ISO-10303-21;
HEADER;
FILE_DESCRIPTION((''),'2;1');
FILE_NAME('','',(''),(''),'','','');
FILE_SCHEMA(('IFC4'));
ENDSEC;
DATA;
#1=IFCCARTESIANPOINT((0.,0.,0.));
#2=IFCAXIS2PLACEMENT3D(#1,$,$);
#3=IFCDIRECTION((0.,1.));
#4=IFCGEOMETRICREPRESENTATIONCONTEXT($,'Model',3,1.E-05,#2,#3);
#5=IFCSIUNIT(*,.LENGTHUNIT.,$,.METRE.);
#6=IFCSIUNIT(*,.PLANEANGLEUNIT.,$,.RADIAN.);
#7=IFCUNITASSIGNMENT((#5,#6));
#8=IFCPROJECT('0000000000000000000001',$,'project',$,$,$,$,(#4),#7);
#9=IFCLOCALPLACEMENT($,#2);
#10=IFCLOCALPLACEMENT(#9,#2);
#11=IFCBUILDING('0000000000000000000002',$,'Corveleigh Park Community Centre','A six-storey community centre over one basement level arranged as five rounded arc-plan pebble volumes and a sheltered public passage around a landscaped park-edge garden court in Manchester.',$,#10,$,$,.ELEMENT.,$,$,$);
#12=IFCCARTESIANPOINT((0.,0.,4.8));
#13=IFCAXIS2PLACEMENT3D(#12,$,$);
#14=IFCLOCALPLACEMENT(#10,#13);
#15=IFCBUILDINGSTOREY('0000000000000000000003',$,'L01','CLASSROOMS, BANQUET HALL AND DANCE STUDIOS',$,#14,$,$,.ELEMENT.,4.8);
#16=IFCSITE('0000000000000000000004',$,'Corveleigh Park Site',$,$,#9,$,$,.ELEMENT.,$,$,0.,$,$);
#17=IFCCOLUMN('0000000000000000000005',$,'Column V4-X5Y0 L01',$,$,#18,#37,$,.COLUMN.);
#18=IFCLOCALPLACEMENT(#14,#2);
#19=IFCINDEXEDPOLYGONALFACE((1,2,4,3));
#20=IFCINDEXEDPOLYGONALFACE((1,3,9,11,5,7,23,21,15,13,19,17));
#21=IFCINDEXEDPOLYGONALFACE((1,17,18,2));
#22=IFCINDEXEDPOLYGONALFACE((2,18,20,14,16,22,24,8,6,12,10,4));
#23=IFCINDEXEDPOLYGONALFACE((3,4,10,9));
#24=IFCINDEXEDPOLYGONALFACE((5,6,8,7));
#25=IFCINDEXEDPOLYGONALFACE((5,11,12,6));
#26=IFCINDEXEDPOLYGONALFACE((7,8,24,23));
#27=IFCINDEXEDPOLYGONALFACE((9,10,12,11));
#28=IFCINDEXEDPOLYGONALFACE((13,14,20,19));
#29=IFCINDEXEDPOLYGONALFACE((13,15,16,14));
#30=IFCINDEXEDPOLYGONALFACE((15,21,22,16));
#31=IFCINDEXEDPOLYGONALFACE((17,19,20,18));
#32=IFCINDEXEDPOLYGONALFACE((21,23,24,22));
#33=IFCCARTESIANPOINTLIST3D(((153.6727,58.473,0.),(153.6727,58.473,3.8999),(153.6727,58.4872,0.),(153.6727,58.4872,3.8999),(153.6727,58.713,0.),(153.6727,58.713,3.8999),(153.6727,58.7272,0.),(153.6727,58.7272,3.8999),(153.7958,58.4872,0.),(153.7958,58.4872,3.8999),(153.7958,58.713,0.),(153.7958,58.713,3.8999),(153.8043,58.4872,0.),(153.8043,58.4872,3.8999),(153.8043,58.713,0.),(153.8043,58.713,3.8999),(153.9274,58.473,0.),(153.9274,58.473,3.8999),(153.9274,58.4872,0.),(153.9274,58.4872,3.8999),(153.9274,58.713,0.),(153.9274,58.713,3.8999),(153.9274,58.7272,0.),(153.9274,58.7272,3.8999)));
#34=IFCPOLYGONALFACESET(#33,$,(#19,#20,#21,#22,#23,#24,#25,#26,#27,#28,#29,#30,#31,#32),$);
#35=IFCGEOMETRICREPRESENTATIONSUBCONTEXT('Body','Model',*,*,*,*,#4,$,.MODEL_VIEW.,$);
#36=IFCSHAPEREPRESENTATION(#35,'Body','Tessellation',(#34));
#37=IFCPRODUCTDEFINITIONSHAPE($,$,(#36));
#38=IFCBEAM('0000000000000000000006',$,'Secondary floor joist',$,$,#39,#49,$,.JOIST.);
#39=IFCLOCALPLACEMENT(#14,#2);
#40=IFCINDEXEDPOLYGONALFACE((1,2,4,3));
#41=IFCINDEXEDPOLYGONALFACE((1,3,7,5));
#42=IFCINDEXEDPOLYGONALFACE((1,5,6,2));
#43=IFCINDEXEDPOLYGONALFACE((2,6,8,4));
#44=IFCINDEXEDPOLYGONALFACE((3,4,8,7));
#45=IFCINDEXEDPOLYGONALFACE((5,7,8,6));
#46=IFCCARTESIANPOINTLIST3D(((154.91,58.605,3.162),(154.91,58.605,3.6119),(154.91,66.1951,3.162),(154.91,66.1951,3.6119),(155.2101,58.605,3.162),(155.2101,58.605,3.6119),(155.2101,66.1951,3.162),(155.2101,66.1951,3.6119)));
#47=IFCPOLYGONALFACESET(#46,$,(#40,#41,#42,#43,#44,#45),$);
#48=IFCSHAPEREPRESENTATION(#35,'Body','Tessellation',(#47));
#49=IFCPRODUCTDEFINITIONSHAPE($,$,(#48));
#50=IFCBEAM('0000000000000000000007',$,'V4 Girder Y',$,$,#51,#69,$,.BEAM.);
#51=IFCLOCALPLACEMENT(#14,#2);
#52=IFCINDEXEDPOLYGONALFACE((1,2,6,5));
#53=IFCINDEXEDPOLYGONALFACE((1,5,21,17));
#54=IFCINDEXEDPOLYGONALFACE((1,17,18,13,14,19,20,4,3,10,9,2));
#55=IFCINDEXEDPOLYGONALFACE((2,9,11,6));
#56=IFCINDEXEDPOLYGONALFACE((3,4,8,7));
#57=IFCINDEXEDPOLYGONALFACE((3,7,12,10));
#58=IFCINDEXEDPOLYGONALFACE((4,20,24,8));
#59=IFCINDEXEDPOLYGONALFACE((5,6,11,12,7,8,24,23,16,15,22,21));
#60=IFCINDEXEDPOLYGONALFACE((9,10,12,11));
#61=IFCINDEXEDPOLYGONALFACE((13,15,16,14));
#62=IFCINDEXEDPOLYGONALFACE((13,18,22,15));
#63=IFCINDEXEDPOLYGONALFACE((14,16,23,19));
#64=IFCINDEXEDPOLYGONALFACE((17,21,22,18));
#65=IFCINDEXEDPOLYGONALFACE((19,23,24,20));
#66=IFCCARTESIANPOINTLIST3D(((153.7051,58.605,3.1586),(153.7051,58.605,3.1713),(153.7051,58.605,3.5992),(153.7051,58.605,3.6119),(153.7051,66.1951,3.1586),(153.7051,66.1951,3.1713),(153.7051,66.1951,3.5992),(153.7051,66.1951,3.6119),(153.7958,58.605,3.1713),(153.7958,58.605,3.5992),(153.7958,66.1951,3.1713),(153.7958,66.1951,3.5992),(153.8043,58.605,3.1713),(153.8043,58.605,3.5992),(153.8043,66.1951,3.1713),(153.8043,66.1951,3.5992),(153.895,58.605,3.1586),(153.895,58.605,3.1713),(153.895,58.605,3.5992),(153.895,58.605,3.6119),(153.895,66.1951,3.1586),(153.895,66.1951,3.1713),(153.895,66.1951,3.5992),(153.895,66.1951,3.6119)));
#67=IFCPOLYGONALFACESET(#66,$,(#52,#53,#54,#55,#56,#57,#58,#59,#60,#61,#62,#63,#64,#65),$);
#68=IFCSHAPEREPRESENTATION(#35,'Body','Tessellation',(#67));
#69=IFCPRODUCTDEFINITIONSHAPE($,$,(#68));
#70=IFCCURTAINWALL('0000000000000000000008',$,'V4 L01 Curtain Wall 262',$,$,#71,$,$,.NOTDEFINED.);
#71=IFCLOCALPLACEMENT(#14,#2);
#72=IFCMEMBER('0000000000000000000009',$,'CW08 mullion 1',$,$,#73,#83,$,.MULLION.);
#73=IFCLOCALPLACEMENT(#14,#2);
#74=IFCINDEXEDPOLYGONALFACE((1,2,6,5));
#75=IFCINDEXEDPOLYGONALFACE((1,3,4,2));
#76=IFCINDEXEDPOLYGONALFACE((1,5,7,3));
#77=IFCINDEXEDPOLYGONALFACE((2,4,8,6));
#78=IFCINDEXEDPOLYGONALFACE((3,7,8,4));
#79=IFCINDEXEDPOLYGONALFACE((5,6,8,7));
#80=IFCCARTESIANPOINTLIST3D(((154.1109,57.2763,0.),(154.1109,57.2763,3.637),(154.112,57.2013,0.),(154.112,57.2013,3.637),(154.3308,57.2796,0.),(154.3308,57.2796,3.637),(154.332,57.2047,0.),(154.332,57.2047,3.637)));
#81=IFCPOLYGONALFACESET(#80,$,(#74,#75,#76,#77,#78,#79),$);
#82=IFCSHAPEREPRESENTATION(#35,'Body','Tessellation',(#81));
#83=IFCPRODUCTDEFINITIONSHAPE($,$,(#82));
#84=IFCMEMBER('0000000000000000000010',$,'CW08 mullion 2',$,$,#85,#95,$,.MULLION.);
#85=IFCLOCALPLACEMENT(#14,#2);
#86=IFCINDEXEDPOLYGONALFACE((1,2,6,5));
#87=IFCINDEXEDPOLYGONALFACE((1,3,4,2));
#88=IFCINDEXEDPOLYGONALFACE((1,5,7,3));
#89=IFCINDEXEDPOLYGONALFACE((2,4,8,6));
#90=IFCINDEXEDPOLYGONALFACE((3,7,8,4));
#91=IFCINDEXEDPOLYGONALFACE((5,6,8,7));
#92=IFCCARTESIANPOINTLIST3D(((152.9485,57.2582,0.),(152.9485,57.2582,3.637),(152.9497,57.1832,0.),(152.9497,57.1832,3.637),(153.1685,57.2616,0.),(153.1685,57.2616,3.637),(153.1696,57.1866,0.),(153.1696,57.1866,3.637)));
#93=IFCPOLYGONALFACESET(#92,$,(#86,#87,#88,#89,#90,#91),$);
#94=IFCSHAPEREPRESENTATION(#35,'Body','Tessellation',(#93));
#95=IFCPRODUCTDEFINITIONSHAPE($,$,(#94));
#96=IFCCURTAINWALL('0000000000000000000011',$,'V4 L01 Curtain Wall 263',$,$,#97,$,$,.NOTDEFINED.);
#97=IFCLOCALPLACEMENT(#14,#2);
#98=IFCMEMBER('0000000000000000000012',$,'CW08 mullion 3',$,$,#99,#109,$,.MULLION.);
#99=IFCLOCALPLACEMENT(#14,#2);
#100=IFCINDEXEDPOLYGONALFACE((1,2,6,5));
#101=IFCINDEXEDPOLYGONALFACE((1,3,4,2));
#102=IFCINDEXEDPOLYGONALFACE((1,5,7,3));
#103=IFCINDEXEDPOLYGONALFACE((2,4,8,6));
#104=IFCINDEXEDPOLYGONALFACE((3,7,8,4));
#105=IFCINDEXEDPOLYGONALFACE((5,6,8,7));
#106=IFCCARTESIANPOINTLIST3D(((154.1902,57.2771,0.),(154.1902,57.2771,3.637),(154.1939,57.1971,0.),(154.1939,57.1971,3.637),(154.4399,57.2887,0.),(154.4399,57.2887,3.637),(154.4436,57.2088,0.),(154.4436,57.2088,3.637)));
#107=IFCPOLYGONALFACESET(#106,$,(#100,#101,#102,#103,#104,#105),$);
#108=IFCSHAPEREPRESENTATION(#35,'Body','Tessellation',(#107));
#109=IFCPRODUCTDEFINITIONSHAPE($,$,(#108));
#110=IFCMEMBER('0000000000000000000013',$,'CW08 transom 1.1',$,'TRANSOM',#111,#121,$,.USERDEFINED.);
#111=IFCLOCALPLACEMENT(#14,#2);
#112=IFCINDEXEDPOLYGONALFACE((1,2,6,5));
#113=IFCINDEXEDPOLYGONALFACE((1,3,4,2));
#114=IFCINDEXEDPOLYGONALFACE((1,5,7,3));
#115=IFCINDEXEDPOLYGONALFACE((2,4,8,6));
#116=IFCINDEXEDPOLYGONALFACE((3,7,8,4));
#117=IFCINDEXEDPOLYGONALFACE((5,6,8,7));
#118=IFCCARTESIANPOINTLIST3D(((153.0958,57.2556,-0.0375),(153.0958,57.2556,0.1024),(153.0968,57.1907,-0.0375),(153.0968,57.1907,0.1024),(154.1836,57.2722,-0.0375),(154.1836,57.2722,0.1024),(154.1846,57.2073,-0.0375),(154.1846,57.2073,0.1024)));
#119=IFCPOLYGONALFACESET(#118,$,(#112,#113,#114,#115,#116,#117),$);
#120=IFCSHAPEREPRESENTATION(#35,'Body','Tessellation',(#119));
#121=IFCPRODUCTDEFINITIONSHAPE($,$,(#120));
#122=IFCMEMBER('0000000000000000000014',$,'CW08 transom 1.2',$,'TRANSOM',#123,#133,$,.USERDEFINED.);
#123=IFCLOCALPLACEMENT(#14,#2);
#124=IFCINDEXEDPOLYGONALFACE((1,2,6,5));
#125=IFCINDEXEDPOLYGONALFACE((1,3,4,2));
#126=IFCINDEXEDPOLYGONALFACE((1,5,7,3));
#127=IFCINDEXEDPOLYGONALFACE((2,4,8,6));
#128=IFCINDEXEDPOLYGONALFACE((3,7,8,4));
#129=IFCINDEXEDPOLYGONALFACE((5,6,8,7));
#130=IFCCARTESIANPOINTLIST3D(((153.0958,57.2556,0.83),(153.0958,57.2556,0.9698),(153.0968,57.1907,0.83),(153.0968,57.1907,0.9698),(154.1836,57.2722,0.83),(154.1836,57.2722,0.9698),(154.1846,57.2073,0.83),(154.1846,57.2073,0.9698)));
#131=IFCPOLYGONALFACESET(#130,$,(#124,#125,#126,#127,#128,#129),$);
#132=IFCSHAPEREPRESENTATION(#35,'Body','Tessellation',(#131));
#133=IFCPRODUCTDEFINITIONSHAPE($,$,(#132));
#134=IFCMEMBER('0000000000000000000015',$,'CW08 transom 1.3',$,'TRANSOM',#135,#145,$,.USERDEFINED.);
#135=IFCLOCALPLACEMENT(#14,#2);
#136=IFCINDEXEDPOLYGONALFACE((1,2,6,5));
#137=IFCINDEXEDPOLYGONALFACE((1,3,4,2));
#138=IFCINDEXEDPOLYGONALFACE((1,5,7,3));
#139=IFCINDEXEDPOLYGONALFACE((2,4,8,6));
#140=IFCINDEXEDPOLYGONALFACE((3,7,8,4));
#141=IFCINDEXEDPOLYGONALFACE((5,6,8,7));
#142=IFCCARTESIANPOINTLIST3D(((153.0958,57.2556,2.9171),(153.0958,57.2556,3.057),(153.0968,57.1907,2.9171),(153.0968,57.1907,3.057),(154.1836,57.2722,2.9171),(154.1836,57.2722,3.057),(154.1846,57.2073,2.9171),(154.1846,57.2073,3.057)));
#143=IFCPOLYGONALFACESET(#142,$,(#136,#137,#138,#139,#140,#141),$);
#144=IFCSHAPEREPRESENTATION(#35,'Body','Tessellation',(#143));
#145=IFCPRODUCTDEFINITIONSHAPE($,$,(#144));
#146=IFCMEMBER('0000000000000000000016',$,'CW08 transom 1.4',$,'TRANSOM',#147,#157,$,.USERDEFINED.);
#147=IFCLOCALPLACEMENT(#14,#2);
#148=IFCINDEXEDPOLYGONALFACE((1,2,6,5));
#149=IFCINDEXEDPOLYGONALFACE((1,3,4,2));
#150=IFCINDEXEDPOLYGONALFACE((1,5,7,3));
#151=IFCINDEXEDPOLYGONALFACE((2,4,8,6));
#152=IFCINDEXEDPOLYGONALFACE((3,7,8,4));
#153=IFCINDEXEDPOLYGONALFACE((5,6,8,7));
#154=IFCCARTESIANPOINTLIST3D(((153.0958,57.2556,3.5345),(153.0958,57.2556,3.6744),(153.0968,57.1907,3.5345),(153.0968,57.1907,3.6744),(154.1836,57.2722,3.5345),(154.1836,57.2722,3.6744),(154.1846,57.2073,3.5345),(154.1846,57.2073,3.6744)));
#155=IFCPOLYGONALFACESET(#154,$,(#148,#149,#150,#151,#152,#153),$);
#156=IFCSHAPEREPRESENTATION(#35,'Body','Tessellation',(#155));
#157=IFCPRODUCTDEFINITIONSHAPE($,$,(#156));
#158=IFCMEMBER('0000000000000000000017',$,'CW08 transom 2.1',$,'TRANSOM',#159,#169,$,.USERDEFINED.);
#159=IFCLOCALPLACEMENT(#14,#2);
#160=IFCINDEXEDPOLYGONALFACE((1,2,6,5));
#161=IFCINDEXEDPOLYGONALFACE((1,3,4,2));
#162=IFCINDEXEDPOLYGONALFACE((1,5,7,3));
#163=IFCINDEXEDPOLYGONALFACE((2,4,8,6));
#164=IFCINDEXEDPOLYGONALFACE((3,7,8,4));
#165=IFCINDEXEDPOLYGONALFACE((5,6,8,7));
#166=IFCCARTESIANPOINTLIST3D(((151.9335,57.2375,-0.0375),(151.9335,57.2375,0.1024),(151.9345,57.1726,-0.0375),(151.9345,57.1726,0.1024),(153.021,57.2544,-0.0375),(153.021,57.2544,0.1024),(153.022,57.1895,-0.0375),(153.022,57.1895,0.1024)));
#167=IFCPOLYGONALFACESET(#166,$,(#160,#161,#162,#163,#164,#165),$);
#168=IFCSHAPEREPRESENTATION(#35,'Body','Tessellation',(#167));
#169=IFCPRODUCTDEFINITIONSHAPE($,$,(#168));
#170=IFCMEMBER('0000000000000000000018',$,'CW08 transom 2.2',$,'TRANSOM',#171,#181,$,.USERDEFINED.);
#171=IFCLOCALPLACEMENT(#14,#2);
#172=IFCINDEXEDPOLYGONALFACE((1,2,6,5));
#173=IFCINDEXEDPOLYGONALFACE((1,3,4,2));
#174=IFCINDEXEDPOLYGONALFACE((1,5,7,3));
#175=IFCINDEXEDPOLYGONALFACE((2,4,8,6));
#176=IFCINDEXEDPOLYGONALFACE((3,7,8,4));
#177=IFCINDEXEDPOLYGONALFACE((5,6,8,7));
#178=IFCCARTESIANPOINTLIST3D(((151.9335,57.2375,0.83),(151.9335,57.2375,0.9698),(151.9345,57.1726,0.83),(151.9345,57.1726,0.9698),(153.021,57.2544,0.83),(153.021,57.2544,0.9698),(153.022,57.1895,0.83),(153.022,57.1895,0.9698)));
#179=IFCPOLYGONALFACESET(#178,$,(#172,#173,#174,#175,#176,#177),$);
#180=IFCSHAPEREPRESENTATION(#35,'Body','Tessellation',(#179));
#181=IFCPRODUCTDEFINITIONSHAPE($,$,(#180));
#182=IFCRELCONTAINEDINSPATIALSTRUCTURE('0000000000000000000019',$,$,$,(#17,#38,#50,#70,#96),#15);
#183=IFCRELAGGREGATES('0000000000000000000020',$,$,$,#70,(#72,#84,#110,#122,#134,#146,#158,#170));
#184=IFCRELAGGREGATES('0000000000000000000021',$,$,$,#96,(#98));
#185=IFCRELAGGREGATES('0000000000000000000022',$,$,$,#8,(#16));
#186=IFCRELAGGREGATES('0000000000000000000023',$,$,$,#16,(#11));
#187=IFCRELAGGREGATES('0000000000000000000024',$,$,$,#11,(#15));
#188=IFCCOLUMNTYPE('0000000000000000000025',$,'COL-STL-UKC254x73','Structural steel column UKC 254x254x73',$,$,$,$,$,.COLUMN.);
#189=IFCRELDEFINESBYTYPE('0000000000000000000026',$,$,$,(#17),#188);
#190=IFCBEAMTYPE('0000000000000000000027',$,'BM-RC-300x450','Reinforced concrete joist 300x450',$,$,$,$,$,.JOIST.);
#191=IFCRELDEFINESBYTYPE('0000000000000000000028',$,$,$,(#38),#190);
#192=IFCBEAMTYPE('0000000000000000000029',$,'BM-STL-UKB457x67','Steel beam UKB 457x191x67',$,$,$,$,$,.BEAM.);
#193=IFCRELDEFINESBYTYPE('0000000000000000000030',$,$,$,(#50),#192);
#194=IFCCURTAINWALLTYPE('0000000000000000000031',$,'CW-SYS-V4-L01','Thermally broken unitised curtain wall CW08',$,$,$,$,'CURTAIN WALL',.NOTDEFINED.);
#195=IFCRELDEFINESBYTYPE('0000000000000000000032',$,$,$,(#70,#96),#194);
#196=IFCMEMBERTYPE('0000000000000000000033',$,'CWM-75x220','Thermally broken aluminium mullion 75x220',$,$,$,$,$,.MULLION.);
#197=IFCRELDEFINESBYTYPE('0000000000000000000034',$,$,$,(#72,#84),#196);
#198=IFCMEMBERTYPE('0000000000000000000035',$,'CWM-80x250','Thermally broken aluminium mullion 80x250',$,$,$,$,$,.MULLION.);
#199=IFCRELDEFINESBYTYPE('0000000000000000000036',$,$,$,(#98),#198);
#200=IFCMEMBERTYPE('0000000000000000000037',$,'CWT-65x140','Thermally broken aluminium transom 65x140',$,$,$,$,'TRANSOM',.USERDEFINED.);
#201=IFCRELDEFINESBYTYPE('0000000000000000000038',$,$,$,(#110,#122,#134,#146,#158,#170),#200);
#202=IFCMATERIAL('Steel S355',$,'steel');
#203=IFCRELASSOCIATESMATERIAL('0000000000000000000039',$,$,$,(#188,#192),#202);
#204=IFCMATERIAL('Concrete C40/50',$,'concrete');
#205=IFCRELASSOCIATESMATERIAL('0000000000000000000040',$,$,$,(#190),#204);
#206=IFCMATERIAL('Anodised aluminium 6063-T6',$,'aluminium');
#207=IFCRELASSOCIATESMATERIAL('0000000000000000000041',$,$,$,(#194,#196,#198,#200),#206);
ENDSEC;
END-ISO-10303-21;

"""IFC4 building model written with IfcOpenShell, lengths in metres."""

from ifc_helpers import new_model, si_unit, direction, frame, origin, origin_2d, place, context, subcontext, project, spatial, rectangle, i_section, extrude, material, material_profile, profile_set, type_object, element, aggregate, save


model = new_model("IFC4")

# Units and contexts
model_context = context("Model", 3, precision=1e-05, world=origin(), true_north=direction((0.0, 1.0)))
body_context = subcontext(model_context, "Body", "Model", "MODEL_VIEW")
ifc_project = project(units=[si_unit("LENGTHUNIT", "METRE"), si_unit("PLANEANGLEUNIT", "RADIAN")], contexts=[model_context])

# Site, building, storey
site_placement = place(None, origin())
site = spatial("IfcSite", under=ifc_project, at=site_placement, Name="Corveleigh Park Site", CompositionType="ELEMENT", RefElevation=0.0)
building_placement = place(site_placement, origin())
building = spatial("IfcBuilding", under=site, at=building_placement, Name="Corveleigh Park Community Centre", Description="A six-storey community centre over one basement level arranged as five rounded arc-plan pebble volumes and a sheltered public passage around a landscaped park-edge garden court in Manchester.", CompositionType="ELEMENT")
storey_placement = place(building_placement, frame((0.0, 0.0, 4.8)))
storey = spatial("IfcBuildingStorey", under=building, at=storey_placement, Name="L01", Description="CLASSROOMS, BANQUET HALL AND DANCE STUDIOS", CompositionType="ELEMENT", Elevation=4.8)

# Column
ifc_material_1 = material(Name="Steel S355", Category="steel")
ifc_material_profile_1 = material_profile(ifc_material_1, i_section(OverallWidth=0.2546, OverallDepth=0.2542, WebThickness=0.0085, FlangeThickness=0.0142, at=origin_2d()), Name="UKC 254x254x73", Category="steel")
ifc_profile_set_1 = profile_set([ifc_material_profile_1], Name="Steel S355")
column_type = type_object("IfcColumnType", Name="COL-STL-UKC254x73", Description="Structural steel column UKC 254x254x73", PredefinedType="COLUMN", material=ifc_profile_set_1)
column_placement = place(storey_placement, frame((153.8, 58.6001, 0.0), z_axis=(0.0, 0.0, 1.0), x_axis=(1.0, 0.0, 0.0)))
element("IfcColumn", 1, at=column_placement, inside=storey, type_object=column_type, Name="Column V4-X5Y0 L01", PredefinedType="COLUMN", context=body_context, shape_type="SweptSolid", body=[
    extrude(i_section(OverallWidth=0.2546, OverallDepth=0.2542, WebThickness=0.0085, FlangeThickness=0.0142, at=origin_2d()), origin(), (0.0, 0.0, 1.0), 3.8999),
])

# Beams
ifc_material_2 = material(Name="Concrete C40/50", Category="concrete")
ifc_material_profile_2 = material_profile(ifc_material_2, rectangle(XDim=0.3, YDim=0.45, at=origin_2d()), Name="RC-300x450", Category="concrete")
ifc_profile_set_2 = profile_set([ifc_material_profile_2], Name="Concrete C40/50")
beam_type_1 = type_object("IfcBeamType", Name="BM-RC-300x450", Description="Reinforced concrete joist 300x450", PredefinedType="JOIST", material=ifc_profile_set_2)
beam_1_placement = place(storey_placement, frame((155.0601, 58.605, 3.387), z_axis=(0.0, 1.0, 0.0), x_axis=(-1.0, 0.0, 0.0)))
element("IfcBeam", 2, at=beam_1_placement, inside=storey, type_object=beam_type_1, Name="Secondary floor joist", PredefinedType="JOIST", context=body_context, shape_type="SweptSolid", body=[
    extrude(rectangle(XDim=0.3, YDim=0.45, at=origin_2d()), origin(), (0.0, 0.0, 1.0), 7.5901),
])
ifc_material_profile_3 = material_profile(ifc_material_1, i_section(OverallWidth=0.1899, OverallDepth=0.4534, WebThickness=0.0085, FlangeThickness=0.0127, at=origin_2d()), Name="UKB 457x191x67", Category="steel")
ifc_profile_set_3 = profile_set([ifc_material_profile_3], Name="Steel S355")
beam_type_2 = type_object("IfcBeamType", Name="BM-STL-UKB457x67", Description="Steel beam UKB 457x191x67", PredefinedType="BEAM", material=ifc_profile_set_3)
beam_2_placement = place(storey_placement, frame((153.8, 58.605, 3.3853), z_axis=(0.0, 1.0, 0.0), x_axis=(-1.0, 0.0, 0.0)))
element("IfcBeam", 3, at=beam_2_placement, inside=storey, type_object=beam_type_2, Name="V4 Girder Y", PredefinedType="BEAM", context=body_context, shape_type="SweptSolid", body=[
    extrude(i_section(OverallWidth=0.1899, OverallDepth=0.4534, WebThickness=0.0085, FlangeThickness=0.0127, at=origin_2d()), origin(), (0.0, 0.0, 1.0), 7.5901),
])

# Curtain wall, members
ifc_material_3 = material(Name="Anodised aluminium 6063-T6", Category="aluminium")
curtain_wall_type = type_object("IfcCurtainWallType", Name="CW-SYS-V4-L01", Description="Thermally broken unitised curtain wall CW08", ElementType="CURTAIN WALL", PredefinedType="NOTDEFINED", material=ifc_material_3)
curtain_wall_1_placement = place(storey_placement, origin())
curtain_wall_1 = element("IfcCurtainWall", 4, at=curtain_wall_1_placement, inside=storey, type_object=curtain_wall_type, Name="V4 L01 Curtain Wall 262", PredefinedType="NOTDEFINED")
ifc_material_profile_4 = material_profile(ifc_material_3, rectangle(XDim=0.075, YDim=0.22, at=origin_2d()), Name="ALU-M75x220", Category="aluminium")
ifc_profile_set_4 = profile_set([ifc_material_profile_4], Name="Anodised aluminium 6063-T6")
member_type_1 = type_object("IfcMemberType", Name="CWM-75x220", Description="Thermally broken aluminium mullion 75x220", PredefinedType="MULLION", material=ifc_profile_set_4)
member_1_placement = place(storey_placement, frame((154.2214, 57.2405, 0.0), z_axis=(0.0, 0.0, 1.0), x_axis=(0.015415, -0.999881, 0.0)))
member_1 = element("IfcMember", 5, at=member_1_placement, type_object=member_type_1, Name="CW08 mullion 1", PredefinedType="MULLION", context=body_context, shape_type="SweptSolid", body=[
    extrude(rectangle(XDim=0.075, YDim=0.22, at=origin_2d()), origin(), (0.0, 0.0, 1.0), 3.637),
])
member_2_placement = place(storey_placement, frame((153.0591, 57.2224, 0.0), z_axis=(0.0, 0.0, 1.0), x_axis=(0.015415, -0.999881, 0.0)))
member_2 = element("IfcMember", 6, at=member_2_placement, type_object=member_type_1, Name="CW08 mullion 2", PredefinedType="MULLION", context=body_context, shape_type="SweptSolid", body=[
    extrude(rectangle(XDim=0.075, YDim=0.22, at=origin_2d()), origin(), (0.0, 0.0, 1.0), 3.637),
])

# Curtain wall, member
curtain_wall_2_placement = place(storey_placement, origin())
curtain_wall_2 = element("IfcCurtainWall", 7, at=curtain_wall_2_placement, inside=storey, type_object=curtain_wall_type, Name="V4 L01 Curtain Wall 263", PredefinedType="NOTDEFINED")
ifc_material_profile_5 = material_profile(ifc_material_3, rectangle(XDim=0.0801, YDim=0.25, at=origin_2d()), Name="ALU-M80x250", Category="aluminium")
ifc_profile_set_5 = profile_set([ifc_material_profile_5], Name="Anodised aluminium 6063-T6")
member_type_2 = type_object("IfcMemberType", Name="CWM-80x250", Description="Thermally broken aluminium mullion 80x250", PredefinedType="MULLION", material=ifc_profile_set_5)
member_3_placement = place(storey_placement, frame((154.3169, 57.2429, 0.0), z_axis=(0.0, 0.0, 1.0), x_axis=(0.046655, -0.998911, 0.0)))
member_3 = element("IfcMember", 8, at=member_3_placement, type_object=member_type_2, Name="CW08 mullion 3", PredefinedType="MULLION", context=body_context, shape_type="SweptSolid", body=[
    extrude(rectangle(XDim=0.0801, YDim=0.25, at=origin_2d()), origin(), (0.0, 0.0, 1.0), 3.637),
])

# Members
ifc_material_profile_6 = material_profile(ifc_material_3, rectangle(XDim=0.0649, YDim=0.1399, at=origin_2d()), Name="ALU-T65x140", Category="aluminium")
ifc_profile_set_6 = profile_set([ifc_material_profile_6], Name="Anodised aluminium 6063-T6")
member_type_3 = type_object("IfcMemberType", Name="CWT-65x140", Description="Thermally broken aluminium transom 65x140", ElementType="TRANSOM", PredefinedType="USERDEFINED", material=ifc_profile_set_6)
member_4_placement = place(storey_placement, frame((154.1841, 57.2397, 0.0325), z_axis=(-0.999884, -0.015262, 0.0), x_axis=(0.015262, -0.999884, 0.0)))
member_4 = element("IfcMember", 9, at=member_4_placement, type_object=member_type_3, Name="CW08 transom 1.1", ObjectType="TRANSOM", PredefinedType="USERDEFINED", context=body_context, shape_type="SweptSolid", body=[
    extrude(rectangle(XDim=0.0649, YDim=0.1399, at=origin_2d()), origin(), (0.0, 0.0, 1.0), 1.0879),
])
member_5_placement = place(storey_placement, frame((154.1841, 57.2397, 0.8999), z_axis=(-0.999884, -0.015262, 0.0), x_axis=(0.015262, -0.999884, 0.0)))
member_5 = element("IfcMember", 10, at=member_5_placement, type_object=member_type_3, Name="CW08 transom 1.2", ObjectType="TRANSOM", PredefinedType="USERDEFINED", context=body_context, shape_type="SweptSolid", body=[
    extrude(rectangle(XDim=0.0649, YDim=0.1399, at=origin_2d()), origin(), (0.0, 0.0, 1.0), 1.0879),
])
member_6_placement = place(storey_placement, frame((154.1841, 57.2397, 2.9871), z_axis=(-0.999884, -0.015262, 0.0), x_axis=(0.015262, -0.999884, 0.0)))
member_6 = element("IfcMember", 11, at=member_6_placement, type_object=member_type_3, Name="CW08 transom 1.3", ObjectType="TRANSOM", PredefinedType="USERDEFINED", context=body_context, shape_type="SweptSolid", body=[
    extrude(rectangle(XDim=0.0649, YDim=0.1399, at=origin_2d()), origin(), (0.0, 0.0, 1.0), 1.0879),
])
member_7_placement = place(storey_placement, frame((154.1841, 57.2397, 3.6045), z_axis=(-0.999884, -0.015262, 0.0), x_axis=(0.015262, -0.999884, 0.0)))
member_7 = element("IfcMember", 12, at=member_7_placement, type_object=member_type_3, Name="CW08 transom 1.4", ObjectType="TRANSOM", PredefinedType="USERDEFINED", context=body_context, shape_type="SweptSolid", body=[
    extrude(rectangle(XDim=0.0649, YDim=0.1399, at=origin_2d()), origin(), (0.0, 0.0, 1.0), 1.0879),
])
member_8_placement = place(storey_placement, frame((153.0215, 57.2219, 0.0325), z_axis=(-0.99988, -0.01549, 0.0), x_axis=(0.01549, -0.99988, 0.0)))
member_8 = element("IfcMember", 13, at=member_8_placement, type_object=member_type_3, Name="CW08 transom 2.1", ObjectType="TRANSOM", PredefinedType="USERDEFINED", context=body_context, shape_type="SweptSolid", body=[
    extrude(rectangle(XDim=0.0649, YDim=0.1399, at=origin_2d()), origin(), (0.0, 0.0, 1.0), 1.0876),
])
member_9_placement = place(storey_placement, frame((153.0215, 57.2219, 0.8999), z_axis=(-0.99988, -0.01549, 0.0), x_axis=(0.01549, -0.99988, 0.0)))
member_9 = element("IfcMember", 14, at=member_9_placement, type_object=member_type_3, Name="CW08 transom 2.2", ObjectType="TRANSOM", PredefinedType="USERDEFINED", context=body_context, shape_type="SweptSolid", body=[
    extrude(rectangle(XDim=0.0649, YDim=0.1399, at=origin_2d()), origin(), (0.0, 0.0, 1.0), 1.0876),
])

aggregate(curtain_wall_1, [member_1, member_2, member_4, member_5, member_6, member_7, member_8, member_9])
aggregate(curtain_wall_2, [member_3])

save(model, "model.ifc")
